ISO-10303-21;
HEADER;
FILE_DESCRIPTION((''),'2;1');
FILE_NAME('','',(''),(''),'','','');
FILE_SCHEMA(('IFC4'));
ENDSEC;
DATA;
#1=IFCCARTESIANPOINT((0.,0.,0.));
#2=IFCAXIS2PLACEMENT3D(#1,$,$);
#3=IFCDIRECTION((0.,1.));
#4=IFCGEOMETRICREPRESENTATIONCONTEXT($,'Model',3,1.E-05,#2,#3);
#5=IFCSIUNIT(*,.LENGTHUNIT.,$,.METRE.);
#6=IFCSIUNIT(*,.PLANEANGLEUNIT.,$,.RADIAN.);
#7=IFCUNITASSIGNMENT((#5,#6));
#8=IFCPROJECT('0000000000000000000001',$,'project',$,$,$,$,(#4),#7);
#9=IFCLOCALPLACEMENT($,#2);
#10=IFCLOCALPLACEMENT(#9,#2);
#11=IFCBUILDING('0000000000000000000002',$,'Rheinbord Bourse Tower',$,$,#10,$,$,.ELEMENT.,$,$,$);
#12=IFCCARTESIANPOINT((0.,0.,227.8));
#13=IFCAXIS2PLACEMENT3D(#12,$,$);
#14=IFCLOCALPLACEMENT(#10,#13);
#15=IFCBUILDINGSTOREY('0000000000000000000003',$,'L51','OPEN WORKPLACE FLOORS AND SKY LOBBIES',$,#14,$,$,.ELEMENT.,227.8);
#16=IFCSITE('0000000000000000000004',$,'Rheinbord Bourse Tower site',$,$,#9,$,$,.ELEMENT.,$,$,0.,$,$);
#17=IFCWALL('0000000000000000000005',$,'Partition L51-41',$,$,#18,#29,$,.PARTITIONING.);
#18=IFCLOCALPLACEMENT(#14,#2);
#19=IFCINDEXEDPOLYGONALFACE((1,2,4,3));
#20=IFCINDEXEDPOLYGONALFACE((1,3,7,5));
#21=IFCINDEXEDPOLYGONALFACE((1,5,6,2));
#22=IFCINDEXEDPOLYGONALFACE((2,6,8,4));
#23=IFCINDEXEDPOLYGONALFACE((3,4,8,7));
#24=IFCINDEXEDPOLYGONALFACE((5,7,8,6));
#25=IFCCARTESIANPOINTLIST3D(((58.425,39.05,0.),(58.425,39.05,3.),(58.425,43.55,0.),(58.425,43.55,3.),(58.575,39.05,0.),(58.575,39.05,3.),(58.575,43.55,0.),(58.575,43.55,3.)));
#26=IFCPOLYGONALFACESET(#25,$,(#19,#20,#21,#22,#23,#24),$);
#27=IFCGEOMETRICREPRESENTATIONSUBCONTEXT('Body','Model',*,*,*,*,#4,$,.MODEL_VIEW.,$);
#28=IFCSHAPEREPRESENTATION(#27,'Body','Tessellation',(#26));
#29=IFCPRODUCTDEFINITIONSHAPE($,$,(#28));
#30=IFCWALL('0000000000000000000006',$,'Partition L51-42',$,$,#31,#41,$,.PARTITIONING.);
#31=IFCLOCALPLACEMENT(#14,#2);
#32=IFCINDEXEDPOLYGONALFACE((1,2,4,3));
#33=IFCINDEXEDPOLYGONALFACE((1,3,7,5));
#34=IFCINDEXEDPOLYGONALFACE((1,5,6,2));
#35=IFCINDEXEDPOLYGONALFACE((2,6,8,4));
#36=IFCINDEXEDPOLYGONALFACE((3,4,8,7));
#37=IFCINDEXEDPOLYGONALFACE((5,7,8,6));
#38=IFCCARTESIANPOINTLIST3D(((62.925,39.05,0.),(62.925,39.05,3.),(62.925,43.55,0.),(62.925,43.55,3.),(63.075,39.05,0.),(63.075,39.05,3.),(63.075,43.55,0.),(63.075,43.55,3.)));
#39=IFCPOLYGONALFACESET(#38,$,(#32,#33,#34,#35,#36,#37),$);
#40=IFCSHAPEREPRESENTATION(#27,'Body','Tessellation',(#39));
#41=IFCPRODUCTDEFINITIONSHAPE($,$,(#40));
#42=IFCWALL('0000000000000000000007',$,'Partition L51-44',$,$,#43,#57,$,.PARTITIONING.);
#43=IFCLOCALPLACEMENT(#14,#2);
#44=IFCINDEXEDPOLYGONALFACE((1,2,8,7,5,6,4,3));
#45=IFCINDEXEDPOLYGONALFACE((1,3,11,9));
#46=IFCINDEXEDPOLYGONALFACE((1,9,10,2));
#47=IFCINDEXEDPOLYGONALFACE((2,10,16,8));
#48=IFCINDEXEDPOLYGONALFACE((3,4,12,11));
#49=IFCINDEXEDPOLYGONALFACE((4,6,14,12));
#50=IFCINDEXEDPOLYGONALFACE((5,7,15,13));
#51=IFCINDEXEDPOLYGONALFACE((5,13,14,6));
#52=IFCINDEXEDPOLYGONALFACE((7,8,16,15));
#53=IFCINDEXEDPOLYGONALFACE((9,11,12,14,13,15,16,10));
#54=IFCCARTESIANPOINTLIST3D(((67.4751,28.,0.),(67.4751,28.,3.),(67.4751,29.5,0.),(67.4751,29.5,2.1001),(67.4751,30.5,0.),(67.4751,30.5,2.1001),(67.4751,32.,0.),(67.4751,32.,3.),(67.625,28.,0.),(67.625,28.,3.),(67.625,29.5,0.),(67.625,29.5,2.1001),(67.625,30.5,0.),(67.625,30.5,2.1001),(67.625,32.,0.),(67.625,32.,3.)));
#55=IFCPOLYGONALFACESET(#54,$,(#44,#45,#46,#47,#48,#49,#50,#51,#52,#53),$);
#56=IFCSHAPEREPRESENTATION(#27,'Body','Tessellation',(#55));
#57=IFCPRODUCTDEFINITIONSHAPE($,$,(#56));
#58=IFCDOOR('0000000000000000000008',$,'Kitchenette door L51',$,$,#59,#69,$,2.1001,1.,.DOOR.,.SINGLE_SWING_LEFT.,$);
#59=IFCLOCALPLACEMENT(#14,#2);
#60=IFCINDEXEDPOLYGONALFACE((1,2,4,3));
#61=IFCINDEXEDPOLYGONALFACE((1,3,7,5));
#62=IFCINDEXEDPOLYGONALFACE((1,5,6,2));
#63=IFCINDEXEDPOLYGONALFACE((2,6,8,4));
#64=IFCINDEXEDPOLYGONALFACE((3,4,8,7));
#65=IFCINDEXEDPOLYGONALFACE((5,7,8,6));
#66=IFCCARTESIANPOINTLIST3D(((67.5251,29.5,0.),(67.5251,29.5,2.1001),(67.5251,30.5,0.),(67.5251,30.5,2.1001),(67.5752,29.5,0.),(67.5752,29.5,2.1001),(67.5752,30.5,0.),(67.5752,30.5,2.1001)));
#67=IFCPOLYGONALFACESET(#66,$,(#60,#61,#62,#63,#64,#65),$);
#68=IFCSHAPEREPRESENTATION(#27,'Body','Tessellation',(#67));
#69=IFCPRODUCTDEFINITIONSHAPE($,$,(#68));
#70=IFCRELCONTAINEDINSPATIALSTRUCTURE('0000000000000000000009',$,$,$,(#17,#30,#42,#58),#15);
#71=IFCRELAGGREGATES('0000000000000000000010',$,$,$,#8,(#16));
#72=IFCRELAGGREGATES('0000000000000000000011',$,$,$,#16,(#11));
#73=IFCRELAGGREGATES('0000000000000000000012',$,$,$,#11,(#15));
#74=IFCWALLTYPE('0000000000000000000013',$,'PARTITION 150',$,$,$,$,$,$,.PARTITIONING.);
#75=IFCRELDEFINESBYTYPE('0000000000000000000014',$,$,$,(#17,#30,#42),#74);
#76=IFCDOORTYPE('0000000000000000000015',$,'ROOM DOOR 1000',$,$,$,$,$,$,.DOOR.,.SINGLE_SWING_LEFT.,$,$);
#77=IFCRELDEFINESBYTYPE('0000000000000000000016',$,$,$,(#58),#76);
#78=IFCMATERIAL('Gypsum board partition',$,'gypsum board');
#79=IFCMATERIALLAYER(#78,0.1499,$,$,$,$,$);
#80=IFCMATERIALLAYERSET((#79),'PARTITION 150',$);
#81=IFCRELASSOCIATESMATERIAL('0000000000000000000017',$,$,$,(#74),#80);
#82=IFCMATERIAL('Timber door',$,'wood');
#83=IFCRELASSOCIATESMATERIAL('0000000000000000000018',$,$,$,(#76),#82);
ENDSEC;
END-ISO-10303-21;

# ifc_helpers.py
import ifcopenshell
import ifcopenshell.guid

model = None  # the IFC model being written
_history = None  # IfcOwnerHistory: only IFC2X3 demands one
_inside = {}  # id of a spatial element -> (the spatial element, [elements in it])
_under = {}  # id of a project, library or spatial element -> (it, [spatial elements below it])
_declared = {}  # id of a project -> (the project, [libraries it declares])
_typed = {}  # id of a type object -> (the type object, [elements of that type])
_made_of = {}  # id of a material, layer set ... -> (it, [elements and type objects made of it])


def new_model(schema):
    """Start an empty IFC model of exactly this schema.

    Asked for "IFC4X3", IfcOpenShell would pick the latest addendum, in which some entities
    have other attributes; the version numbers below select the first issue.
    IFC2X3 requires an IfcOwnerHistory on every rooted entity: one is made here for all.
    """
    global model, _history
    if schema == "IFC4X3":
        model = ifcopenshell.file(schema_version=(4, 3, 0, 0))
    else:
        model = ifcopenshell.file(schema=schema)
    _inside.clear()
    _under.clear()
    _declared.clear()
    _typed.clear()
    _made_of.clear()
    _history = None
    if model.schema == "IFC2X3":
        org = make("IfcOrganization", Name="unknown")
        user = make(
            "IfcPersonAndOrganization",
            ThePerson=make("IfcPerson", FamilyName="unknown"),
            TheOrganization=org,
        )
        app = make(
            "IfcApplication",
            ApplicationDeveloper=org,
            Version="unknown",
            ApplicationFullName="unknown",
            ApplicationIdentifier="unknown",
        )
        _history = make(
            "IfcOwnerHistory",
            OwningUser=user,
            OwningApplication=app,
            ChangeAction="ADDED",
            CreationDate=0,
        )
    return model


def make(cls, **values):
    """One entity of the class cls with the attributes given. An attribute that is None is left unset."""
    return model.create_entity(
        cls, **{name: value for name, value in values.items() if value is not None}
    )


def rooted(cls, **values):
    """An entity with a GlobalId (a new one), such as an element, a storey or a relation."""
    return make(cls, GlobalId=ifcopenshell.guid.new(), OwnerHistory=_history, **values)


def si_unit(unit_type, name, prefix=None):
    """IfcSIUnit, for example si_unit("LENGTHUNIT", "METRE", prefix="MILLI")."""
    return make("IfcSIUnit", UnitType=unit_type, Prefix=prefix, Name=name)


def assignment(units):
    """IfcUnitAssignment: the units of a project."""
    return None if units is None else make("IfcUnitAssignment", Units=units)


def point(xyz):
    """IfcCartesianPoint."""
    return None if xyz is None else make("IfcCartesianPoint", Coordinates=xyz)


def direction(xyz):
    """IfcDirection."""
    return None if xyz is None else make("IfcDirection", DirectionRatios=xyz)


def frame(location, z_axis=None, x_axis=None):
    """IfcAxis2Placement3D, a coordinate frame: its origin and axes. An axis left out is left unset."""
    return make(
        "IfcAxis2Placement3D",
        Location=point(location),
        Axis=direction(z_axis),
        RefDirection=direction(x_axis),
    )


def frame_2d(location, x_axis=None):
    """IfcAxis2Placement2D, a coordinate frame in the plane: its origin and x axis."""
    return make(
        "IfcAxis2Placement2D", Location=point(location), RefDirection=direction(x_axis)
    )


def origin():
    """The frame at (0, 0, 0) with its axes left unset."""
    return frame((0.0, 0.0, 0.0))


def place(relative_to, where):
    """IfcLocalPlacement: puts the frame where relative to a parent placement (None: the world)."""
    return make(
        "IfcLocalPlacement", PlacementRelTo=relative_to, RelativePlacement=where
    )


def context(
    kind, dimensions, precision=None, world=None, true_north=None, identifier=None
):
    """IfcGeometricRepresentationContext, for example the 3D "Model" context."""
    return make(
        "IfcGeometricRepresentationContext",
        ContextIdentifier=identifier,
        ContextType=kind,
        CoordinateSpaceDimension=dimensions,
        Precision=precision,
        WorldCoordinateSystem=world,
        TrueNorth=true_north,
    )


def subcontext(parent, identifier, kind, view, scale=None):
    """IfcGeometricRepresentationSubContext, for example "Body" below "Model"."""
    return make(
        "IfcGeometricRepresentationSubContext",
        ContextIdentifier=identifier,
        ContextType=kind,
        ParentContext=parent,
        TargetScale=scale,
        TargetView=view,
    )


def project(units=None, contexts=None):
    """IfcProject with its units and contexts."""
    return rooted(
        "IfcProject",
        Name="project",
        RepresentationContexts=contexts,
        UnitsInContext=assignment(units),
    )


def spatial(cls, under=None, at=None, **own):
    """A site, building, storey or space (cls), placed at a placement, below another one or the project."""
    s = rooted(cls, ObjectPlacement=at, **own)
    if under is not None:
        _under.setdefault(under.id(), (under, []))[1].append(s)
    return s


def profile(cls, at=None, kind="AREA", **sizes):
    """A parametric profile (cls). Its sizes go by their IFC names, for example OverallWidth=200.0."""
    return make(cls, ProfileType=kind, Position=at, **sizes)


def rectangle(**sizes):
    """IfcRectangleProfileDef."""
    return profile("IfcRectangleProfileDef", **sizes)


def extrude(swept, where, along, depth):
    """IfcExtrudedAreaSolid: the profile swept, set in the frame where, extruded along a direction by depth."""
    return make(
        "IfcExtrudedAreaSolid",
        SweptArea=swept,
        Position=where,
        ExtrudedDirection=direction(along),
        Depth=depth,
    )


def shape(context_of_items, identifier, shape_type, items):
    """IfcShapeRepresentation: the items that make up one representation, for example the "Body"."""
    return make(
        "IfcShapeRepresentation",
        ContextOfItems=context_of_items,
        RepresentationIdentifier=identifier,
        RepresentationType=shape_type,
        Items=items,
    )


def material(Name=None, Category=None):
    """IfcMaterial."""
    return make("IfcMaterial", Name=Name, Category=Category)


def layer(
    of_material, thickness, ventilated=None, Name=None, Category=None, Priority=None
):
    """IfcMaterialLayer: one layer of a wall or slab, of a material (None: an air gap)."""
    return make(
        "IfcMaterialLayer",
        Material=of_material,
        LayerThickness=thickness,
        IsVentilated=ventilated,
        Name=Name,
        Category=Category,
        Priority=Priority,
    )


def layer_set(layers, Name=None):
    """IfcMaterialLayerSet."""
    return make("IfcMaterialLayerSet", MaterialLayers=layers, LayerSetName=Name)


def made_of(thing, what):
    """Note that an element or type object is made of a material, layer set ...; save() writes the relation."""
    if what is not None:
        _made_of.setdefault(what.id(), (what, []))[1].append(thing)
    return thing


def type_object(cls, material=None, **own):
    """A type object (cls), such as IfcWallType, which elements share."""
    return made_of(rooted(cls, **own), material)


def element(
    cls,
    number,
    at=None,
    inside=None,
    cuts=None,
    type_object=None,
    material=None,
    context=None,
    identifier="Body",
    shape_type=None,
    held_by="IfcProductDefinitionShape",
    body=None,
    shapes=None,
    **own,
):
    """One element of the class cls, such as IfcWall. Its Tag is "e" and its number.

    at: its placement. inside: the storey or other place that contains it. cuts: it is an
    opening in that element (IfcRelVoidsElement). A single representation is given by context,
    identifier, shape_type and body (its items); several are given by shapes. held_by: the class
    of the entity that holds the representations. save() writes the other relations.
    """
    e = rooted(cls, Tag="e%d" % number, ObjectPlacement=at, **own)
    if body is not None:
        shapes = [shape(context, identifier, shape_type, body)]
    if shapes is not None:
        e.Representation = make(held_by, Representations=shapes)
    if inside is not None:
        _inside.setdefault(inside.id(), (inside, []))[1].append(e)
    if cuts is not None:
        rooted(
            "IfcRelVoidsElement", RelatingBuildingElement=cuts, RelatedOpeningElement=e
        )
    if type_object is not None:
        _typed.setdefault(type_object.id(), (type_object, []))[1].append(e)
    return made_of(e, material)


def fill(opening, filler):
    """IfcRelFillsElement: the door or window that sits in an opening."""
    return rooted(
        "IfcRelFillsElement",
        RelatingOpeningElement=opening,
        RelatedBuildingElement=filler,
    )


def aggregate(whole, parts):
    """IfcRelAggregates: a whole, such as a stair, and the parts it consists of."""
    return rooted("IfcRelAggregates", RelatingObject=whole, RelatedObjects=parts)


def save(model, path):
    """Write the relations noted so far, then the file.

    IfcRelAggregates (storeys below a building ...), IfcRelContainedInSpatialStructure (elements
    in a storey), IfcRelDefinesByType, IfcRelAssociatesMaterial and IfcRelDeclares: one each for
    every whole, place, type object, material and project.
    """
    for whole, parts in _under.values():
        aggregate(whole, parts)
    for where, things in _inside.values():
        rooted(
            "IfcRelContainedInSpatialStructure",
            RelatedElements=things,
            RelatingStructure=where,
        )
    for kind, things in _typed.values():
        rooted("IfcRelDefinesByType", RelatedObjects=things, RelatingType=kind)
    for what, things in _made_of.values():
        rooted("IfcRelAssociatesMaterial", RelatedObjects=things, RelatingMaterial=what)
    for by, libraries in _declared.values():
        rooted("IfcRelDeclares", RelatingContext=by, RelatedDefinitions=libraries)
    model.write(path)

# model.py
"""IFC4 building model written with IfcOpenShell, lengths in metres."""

from ifc_helpers import new_model, si_unit, direction, frame, frame_2d, origin, place, context, subcontext, project, spatial, rectangle, extrude, material, layer, layer_set, type_object, element, fill, save


model = new_model("IFC4")

# Units and contexts
model_context = context("Model", 3, precision=1e-05, world=origin(), true_north=direction((0.0, 1.0)))
body_context = subcontext(model_context, "Body", "Model", "MODEL_VIEW")
ifc_project = project(units=[si_unit("LENGTHUNIT", "METRE"), si_unit("PLANEANGLEUNIT", "RADIAN")], contexts=[model_context])

# Site, building, storey
site_placement = place(None, origin())
site = spatial("IfcSite", under=ifc_project, at=site_placement, Name="Rheinbord Bourse Tower site", CompositionType="ELEMENT", RefElevation=0.0)
building_placement = place(site_placement, origin())
building = spatial("IfcBuilding", under=site, at=building_placement, Name="Rheinbord Bourse Tower", CompositionType="ELEMENT")
storey_placement = place(building_placement, frame((0.0, 0.0, 227.8)))
storey = spatial("IfcBuildingStorey", under=building, at=storey_placement, Name="L51", Description="OPEN WORKPLACE FLOORS AND SKY LOBBIES", CompositionType="ELEMENT", Elevation=227.8)

# Walls
ifc_material_1 = material(Name="Gypsum board partition", Category="gypsum board")
ifc_layer_1 = layer(ifc_material_1, 0.1499)
ifc_layer_set_1 = layer_set([ifc_layer_1], Name="PARTITION 150")
wall_type_1 = type_object("IfcWallType", Name="PARTITION 150", PredefinedType="PARTITIONING", material=ifc_layer_set_1)
for number, where, z_axis, x_axis, name in (
    (1, (58.5, 39.05, 0.0), (0.0, 0.0, 1.0), (0.0, 1.0, 0.0), "Partition L51-41"),
    (2, (63.0, 39.05, 0.0), (0.0, 0.0, 1.0), (0.0, 1.0, 0.0), "Partition L51-42"),
):
    element("IfcWall", number, at=place(storey_placement, frame(where, z_axis=z_axis, x_axis=x_axis)), inside=storey, type_object=wall_type_1, Name=name, PredefinedType="PARTITIONING", context=body_context, shape_type="SweptSolid", body=[
        extrude(rectangle(XDim=4.5, YDim=0.1499, at=frame_2d((2.25, 0.0))), origin(), (0.0, 0.0, 1.0), 3.0),
    ])

# Wall, opening, door
wall_1_placement = place(storey_placement, frame((67.55, 28.0, 0.0), z_axis=(0.0, 0.0, 1.0), x_axis=(0.0, 1.0, 0.0)))
wall_1 = element("IfcWall", 3, at=wall_1_placement, inside=storey, type_object=wall_type_1, Name="Partition L51-44", PredefinedType="PARTITIONING", context=body_context, shape_type="SweptSolid", body=[
    extrude(rectangle(XDim=4.0, YDim=0.1499, at=frame_2d((2.0, 0.0))), origin(), (0.0, 0.0, 1.0), 3.0),
])
opening_placement = place(wall_1_placement, frame((1.5, 0.0, 0.0)))
opening = element("IfcOpeningElement", 4, at=opening_placement, cuts=wall_1, PredefinedType="OPENING", context=body_context, shape_type="SweptSolid", body=[
    extrude(rectangle(XDim=1.0, YDim=2.1001, at=frame_2d((0.5, 1.05))), frame((0.0, 0.085, 0.0), z_axis=(0.0, -1.0, 0.0), x_axis=(1.0, 0.0, 0.0)), (0.0, 0.0, 1.0), 0.1699),
])
ifc_material_2 = material(Name="Timber door", Category="wood")
door_type = type_object("IfcDoorType", Name="ROOM DOOR 1000", OperationType="SINGLE_SWING_LEFT", PredefinedType="DOOR", material=ifc_material_2)
door_placement = place(opening_placement, origin())
door = element("IfcDoor", 5, at=door_placement, inside=storey, type_object=door_type, Name="Kitchenette door L51", OperationType="SINGLE_SWING_LEFT", OverallHeight=2.1001, OverallWidth=1.0, PredefinedType="DOOR", context=body_context, shape_type="SweptSolid", body=[
    extrude(rectangle(XDim=1.0, YDim=2.1001, at=frame_2d((0.5, 1.05))), frame((0.0, 0.0249, 0.0), z_axis=(0.0, -1.0, 0.0), x_axis=(1.0, 0.0, 0.0)), (0.0, 0.0, 1.0), 0.05),
])
fill(opening, door)

save(model, "model.ifc")
